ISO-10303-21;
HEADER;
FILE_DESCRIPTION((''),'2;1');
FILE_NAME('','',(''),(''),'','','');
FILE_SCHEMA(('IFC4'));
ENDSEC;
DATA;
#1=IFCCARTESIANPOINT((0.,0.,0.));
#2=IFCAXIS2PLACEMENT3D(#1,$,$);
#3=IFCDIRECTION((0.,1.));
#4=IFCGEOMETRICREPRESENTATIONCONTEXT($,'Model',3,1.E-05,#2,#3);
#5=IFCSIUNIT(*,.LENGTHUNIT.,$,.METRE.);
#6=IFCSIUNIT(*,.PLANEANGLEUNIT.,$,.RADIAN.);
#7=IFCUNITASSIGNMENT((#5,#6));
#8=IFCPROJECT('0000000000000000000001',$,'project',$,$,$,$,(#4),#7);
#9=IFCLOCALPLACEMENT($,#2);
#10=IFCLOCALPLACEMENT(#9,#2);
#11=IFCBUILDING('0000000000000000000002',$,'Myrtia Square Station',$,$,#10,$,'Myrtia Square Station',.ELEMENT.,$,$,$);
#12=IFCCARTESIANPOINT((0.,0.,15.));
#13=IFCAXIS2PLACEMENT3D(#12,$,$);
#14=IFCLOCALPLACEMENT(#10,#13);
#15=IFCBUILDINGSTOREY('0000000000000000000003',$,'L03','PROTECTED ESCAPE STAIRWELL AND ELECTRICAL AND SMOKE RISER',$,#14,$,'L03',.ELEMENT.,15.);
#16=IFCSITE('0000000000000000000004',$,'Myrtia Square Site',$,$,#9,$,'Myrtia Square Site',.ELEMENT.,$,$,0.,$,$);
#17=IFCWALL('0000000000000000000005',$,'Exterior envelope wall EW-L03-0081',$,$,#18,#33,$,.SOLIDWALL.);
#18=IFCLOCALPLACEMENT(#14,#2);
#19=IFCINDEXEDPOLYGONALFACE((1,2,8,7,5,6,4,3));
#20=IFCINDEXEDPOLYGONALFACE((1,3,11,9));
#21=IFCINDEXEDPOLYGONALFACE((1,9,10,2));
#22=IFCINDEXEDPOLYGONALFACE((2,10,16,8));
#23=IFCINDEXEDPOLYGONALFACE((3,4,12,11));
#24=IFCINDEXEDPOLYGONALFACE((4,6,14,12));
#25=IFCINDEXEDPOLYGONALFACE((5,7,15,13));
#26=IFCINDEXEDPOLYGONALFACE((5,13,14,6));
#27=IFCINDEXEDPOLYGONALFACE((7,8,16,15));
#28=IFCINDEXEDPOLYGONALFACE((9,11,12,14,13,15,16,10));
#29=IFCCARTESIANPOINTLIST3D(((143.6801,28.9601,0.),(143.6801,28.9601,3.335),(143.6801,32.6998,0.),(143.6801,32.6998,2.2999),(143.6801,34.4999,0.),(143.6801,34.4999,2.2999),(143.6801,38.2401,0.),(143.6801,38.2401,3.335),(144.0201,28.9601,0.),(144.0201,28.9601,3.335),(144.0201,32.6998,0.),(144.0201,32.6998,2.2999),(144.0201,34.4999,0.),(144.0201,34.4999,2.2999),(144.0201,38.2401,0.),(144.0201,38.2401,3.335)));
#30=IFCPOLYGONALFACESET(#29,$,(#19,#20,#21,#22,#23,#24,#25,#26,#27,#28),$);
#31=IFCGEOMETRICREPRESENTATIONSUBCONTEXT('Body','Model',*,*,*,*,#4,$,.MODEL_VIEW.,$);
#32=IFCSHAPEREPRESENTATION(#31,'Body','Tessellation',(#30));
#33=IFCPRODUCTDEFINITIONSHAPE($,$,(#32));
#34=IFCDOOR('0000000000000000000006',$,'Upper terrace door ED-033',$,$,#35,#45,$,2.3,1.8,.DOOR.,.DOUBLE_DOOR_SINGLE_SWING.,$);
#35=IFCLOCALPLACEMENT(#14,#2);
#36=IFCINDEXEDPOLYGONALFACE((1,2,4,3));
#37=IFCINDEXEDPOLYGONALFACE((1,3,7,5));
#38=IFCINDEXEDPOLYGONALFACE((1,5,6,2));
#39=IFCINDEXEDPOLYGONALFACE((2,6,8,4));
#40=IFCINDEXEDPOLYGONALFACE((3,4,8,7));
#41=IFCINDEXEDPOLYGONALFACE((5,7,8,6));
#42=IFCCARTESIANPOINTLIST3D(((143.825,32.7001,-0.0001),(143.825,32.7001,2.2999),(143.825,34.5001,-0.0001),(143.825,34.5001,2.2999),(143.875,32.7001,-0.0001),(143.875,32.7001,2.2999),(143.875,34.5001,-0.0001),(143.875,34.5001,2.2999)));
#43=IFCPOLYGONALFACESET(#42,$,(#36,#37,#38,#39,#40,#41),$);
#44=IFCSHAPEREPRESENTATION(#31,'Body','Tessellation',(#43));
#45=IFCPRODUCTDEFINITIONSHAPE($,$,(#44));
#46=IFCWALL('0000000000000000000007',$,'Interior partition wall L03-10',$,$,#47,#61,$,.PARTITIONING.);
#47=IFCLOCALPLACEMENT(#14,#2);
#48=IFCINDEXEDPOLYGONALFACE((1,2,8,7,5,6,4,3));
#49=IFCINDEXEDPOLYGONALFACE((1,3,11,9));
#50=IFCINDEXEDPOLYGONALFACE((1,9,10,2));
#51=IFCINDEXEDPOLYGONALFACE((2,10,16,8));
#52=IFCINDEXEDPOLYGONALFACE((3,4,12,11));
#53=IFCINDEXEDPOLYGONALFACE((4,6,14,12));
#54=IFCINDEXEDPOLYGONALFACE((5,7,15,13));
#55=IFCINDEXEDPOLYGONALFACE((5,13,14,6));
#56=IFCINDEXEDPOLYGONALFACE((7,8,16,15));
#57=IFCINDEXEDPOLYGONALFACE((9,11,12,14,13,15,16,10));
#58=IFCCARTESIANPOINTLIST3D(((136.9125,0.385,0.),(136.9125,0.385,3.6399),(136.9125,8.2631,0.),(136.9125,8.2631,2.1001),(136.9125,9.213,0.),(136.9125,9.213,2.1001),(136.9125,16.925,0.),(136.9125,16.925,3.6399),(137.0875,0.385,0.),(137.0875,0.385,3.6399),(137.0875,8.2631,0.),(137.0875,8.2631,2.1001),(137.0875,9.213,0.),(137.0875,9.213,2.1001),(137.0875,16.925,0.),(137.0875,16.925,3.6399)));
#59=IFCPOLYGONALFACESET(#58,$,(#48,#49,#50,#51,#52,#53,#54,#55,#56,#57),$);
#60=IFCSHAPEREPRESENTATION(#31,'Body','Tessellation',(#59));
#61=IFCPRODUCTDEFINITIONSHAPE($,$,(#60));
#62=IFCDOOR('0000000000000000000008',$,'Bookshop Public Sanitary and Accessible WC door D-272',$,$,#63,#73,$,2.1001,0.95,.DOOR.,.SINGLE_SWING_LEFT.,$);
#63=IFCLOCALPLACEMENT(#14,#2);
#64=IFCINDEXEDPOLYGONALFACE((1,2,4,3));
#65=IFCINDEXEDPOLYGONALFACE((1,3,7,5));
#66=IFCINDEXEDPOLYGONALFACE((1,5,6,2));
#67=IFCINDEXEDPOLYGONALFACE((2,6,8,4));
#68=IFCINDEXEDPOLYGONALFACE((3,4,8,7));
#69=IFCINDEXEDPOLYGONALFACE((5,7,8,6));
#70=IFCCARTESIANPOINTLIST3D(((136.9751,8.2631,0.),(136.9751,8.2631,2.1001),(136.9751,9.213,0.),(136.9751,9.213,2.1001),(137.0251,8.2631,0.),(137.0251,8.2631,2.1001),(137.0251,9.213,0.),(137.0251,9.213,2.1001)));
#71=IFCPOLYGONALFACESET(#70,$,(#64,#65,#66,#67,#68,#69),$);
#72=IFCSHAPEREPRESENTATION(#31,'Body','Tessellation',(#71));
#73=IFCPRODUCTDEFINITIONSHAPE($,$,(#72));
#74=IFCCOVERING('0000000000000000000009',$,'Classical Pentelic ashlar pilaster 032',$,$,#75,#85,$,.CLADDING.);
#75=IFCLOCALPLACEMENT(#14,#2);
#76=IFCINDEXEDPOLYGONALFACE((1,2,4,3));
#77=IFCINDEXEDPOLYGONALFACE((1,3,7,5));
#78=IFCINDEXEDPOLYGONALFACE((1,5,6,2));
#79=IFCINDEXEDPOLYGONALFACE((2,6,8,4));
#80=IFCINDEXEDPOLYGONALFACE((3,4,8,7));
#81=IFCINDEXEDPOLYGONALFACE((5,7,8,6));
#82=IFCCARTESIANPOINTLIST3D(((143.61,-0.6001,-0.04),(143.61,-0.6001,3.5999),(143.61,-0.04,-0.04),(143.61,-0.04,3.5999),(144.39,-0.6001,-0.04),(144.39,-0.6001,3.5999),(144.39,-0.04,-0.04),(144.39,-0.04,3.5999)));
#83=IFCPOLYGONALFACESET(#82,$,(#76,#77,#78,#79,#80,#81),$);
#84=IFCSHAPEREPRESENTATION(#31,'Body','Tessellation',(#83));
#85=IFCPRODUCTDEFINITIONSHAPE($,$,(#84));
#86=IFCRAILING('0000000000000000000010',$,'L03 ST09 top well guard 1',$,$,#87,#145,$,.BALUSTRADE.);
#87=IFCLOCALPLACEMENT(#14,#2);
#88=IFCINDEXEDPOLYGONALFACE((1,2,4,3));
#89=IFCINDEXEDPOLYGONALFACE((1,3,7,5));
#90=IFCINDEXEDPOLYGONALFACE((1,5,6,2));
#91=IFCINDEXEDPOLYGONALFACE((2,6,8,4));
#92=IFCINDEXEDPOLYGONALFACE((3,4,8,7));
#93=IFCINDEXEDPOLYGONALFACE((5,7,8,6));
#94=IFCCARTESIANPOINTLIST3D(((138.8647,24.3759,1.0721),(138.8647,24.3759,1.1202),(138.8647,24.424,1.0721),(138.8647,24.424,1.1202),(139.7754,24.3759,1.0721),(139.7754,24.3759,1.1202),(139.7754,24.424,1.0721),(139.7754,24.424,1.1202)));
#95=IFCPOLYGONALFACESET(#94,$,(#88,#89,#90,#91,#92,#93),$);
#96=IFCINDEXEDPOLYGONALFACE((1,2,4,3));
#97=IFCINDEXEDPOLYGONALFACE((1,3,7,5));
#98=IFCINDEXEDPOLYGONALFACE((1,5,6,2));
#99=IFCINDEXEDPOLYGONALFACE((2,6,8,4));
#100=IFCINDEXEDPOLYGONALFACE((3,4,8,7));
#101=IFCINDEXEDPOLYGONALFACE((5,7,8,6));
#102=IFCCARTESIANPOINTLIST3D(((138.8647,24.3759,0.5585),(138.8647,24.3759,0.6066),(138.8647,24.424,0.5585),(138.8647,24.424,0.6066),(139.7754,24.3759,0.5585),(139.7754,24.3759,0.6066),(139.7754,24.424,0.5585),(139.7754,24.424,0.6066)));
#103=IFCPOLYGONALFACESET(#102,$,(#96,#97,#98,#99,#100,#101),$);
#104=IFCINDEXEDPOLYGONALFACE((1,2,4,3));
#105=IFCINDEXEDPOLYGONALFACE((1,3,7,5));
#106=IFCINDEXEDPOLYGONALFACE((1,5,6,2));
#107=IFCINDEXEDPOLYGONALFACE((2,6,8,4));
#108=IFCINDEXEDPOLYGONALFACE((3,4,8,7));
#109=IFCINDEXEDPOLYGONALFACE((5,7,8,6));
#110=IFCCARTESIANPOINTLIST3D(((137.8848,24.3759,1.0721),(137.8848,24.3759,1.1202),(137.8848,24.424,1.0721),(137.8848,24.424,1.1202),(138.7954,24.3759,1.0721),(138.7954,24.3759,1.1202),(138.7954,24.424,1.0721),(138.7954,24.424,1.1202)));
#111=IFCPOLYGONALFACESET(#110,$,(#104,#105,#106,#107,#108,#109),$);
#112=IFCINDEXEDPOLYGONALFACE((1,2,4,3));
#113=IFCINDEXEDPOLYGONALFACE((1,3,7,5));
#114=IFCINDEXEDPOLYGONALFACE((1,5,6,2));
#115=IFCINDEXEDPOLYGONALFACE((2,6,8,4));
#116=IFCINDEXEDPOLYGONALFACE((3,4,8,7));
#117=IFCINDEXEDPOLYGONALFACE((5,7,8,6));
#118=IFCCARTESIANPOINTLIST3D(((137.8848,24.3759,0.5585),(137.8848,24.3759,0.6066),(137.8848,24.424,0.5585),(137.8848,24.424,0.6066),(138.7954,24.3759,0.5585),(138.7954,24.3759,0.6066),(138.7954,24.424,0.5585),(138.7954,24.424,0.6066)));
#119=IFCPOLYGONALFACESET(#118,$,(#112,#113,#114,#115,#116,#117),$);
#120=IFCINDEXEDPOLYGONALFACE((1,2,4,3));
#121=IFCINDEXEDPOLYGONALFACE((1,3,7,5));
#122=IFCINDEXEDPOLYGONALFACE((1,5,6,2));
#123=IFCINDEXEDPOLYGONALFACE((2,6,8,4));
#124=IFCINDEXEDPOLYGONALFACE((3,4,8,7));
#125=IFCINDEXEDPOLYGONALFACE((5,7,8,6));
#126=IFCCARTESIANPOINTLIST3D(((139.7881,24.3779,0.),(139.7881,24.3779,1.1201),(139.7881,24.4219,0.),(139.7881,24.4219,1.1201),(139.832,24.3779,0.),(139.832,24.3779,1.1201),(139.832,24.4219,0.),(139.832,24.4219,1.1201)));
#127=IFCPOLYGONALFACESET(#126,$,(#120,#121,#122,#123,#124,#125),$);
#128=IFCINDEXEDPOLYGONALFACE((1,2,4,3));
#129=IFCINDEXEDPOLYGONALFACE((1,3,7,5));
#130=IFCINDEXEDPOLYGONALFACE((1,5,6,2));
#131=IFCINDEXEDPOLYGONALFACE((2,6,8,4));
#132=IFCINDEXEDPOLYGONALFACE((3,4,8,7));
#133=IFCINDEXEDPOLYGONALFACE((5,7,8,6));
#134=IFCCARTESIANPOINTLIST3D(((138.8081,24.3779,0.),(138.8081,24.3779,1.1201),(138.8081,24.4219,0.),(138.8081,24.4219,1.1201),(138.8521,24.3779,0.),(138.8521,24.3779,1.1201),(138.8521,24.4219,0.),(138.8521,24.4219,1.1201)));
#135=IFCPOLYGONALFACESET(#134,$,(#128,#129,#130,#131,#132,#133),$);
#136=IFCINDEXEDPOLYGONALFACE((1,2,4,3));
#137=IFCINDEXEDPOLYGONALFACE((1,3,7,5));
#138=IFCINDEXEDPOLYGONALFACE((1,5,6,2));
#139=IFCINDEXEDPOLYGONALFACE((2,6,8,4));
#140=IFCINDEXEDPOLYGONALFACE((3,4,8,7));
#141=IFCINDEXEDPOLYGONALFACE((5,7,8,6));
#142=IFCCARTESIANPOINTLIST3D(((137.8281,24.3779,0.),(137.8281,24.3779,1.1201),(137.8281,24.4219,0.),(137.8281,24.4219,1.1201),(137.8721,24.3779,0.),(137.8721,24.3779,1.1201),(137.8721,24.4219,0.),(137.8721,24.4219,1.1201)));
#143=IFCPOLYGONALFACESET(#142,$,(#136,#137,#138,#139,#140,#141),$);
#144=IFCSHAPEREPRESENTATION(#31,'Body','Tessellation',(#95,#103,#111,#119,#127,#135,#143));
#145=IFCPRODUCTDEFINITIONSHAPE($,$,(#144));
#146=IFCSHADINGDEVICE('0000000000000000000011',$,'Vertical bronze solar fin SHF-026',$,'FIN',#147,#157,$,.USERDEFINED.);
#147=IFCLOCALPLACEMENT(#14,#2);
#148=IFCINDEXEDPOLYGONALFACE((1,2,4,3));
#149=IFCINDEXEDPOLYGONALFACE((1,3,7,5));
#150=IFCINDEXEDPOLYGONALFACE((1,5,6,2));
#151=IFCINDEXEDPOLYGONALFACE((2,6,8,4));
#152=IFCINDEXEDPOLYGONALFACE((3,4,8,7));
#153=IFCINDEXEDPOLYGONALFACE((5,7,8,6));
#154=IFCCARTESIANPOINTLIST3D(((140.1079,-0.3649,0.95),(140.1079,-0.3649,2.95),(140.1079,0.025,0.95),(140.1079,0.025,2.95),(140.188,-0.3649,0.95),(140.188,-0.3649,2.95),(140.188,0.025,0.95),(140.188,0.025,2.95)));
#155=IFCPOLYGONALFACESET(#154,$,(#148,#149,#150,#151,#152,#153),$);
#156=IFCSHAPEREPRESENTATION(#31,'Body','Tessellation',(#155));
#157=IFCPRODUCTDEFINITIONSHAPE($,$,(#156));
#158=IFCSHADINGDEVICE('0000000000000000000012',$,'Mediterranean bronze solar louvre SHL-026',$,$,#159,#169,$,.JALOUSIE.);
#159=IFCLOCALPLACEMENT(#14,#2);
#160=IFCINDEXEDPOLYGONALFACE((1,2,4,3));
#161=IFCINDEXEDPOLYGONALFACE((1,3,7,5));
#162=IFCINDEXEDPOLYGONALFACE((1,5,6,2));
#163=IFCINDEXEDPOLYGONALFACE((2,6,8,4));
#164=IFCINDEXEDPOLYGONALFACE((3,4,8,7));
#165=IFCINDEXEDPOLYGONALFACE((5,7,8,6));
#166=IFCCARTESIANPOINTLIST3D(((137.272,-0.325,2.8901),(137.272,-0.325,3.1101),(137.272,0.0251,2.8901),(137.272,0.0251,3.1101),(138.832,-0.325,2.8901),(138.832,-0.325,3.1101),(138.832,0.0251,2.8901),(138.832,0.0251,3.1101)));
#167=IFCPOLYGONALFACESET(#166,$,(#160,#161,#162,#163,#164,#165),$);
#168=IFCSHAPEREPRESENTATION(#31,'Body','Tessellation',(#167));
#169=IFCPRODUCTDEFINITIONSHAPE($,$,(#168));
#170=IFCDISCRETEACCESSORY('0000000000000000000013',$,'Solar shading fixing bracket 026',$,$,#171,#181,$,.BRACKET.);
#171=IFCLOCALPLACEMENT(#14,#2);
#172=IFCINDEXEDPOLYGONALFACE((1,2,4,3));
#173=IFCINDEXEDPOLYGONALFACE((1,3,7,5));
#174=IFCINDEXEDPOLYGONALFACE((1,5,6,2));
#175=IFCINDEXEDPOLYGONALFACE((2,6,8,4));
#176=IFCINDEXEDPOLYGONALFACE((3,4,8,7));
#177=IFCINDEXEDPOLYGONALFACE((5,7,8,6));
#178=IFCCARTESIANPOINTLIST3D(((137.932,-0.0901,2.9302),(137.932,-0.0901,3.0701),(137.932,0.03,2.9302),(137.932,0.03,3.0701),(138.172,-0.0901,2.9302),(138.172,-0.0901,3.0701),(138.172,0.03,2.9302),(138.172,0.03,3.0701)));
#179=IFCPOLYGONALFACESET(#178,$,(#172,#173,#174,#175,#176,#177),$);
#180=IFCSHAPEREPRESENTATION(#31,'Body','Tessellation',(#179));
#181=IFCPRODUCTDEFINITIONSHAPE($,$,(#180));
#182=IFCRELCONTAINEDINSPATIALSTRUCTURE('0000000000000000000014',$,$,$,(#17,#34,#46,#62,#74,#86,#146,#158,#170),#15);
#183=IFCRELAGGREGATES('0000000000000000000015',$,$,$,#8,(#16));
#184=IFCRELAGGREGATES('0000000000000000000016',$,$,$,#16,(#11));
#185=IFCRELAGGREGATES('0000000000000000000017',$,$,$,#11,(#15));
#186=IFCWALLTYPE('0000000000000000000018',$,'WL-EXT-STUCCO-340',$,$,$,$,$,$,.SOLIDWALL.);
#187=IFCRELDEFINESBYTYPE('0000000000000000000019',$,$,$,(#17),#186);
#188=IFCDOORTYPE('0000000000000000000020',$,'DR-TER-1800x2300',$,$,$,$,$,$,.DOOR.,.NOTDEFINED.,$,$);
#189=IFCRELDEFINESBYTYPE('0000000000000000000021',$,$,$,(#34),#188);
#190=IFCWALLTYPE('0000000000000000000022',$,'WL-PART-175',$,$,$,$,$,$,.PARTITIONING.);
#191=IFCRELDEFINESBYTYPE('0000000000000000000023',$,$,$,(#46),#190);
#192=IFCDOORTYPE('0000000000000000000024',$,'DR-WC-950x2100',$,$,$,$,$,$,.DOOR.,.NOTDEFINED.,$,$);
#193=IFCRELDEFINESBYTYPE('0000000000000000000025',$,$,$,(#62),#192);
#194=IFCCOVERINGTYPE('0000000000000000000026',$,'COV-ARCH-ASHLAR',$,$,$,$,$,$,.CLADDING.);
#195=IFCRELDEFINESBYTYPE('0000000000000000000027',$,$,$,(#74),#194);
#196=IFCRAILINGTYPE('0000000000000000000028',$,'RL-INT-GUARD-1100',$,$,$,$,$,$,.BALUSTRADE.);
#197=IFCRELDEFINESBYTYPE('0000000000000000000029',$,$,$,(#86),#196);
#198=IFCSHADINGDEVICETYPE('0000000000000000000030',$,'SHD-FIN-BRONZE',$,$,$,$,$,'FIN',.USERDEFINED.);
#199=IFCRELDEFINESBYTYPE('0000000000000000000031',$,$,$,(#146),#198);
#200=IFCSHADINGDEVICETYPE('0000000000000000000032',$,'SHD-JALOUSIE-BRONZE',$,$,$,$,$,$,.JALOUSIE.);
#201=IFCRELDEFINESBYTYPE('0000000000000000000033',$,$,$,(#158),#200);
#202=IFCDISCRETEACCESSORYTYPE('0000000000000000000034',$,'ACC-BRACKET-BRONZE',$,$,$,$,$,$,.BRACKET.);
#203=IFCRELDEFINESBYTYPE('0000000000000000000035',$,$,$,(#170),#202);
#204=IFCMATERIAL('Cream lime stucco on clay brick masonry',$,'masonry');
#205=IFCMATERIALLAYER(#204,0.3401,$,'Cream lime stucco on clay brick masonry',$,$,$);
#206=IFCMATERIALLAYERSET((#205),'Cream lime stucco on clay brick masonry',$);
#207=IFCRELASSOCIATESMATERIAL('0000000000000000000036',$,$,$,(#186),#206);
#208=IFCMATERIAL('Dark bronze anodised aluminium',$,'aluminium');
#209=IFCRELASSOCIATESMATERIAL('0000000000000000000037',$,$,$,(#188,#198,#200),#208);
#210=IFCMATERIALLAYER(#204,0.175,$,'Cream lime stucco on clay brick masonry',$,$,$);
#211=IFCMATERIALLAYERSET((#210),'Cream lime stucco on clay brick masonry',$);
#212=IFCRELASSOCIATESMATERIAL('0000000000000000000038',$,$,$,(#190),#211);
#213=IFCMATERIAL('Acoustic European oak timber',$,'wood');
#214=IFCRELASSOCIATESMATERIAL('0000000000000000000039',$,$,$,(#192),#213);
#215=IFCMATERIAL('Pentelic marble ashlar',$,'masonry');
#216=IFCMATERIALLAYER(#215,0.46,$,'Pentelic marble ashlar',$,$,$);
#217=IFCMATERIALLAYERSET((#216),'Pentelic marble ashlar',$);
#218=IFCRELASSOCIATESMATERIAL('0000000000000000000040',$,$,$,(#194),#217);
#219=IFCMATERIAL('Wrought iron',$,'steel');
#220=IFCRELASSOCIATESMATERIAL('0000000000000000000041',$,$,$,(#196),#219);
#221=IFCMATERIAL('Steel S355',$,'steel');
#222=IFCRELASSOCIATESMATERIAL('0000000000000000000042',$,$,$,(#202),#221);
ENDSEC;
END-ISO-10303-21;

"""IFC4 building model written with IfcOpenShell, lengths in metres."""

from ifc_helpers import new_model, si_unit, direction, frame, frame_2d, origin, origin_2d, place, context, subcontext, project, spatial, rectangle, extrude, material, layer, layer_set, type_object, element, fill, save


model = new_model("IFC4")

# Units and contexts
model_context = context("Model", 3, precision=1e-05, world=origin(), true_north=direction((0.0, 1.0)))
body_context = subcontext(model_context, "Body", "Model", "MODEL_VIEW")
ifc_project = project(units=[si_unit("LENGTHUNIT", "METRE"), si_unit("PLANEANGLEUNIT", "RADIAN")], contexts=[model_context])

# Site, building, storey
site_placement = place(None, origin())
site = spatial("IfcSite", under=ifc_project, at=site_placement, Name="Myrtia Square Site", LongName="Myrtia Square Site", CompositionType="ELEMENT", RefElevation=0.0)
building_placement = place(site_placement, origin())
building = spatial("IfcBuilding", under=site, at=building_placement, Name="Myrtia Square Station", LongName="Myrtia Square Station", CompositionType="ELEMENT")
storey_placement = place(building_placement, frame((0.0, 0.0, 15.0)))
storey = spatial("IfcBuildingStorey", under=building, at=storey_placement, Name="L03", Description="PROTECTED ESCAPE STAIRWELL AND ELECTRICAL AND SMOKE RISER", LongName="L03", CompositionType="ELEMENT", Elevation=15.0)

# Shared definitions
ifc_material_1 = material(Name="Steel S355", Category="steel")

# Shared definitions
ifc_material_2 = material(Name="Dark bronze anodised aluminium", Category="aluminium")

# Shared definitions
ifc_material_3 = material(Name="Cream lime stucco on clay brick masonry", Category="masonry")
ifc_layer_1 = layer(ifc_material_3, 0.3401, Name="Cream lime stucco on clay brick masonry")
ifc_layer_set_1 = layer_set([ifc_layer_1], Name="Cream lime stucco on clay brick masonry")
wall_type_1 = type_object("IfcWallType", Name="WL-EXT-STUCCO-340", PredefinedType="SOLIDWALL", material=ifc_layer_set_1)

# Walls, openings, doors
wall_1_placement = place(storey_placement, frame((143.8501, 28.96, 0.0), z_axis=(0.0, 0.0, 1.0), x_axis=(0.0, 1.0, 0.0)))
wall_1 = element("IfcWall", 1, at=wall_1_placement, inside=storey, type_object=wall_type_1, Name="Exterior envelope wall EW-L03-0081", PredefinedType="SOLIDWALL", context=body_context, shape_type="SweptSolid", body=[
    extrude(rectangle(XDim=9.28, YDim=0.3401, at=frame_2d((4.6401, 0.0))), origin(), (0.0, 0.0, 1.0), 3.335),
])
opening_1_placement = place(wall_1_placement, frame((3.74, 0.0, 0.0)))
opening_1 = element("IfcOpeningElement", 2, at=opening_1_placement, cuts=wall_1, PredefinedType="OPENING", context=body_context, shape_type="SweptSolid", body=[
    extrude(rectangle(XDim=1.8, YDim=2.3, at=frame_2d((0.8999, 1.1499))), frame((0.0, 0.1851, 0.0), z_axis=(0.0, -1.0, 0.0), x_axis=(1.0, 0.0, 0.0)), (0.0, 0.0, 1.0), 0.3701),
])
door_type_1 = type_object("IfcDoorType", Name="DR-TER-1800x2300", OperationType="NOTDEFINED", PredefinedType="DOOR", material=ifc_material_2)
door_1_placement = place(opening_1_placement, frame((1.8, 0.0, 0.0), z_axis=(0.0, 0.0, 1.0), x_axis=(-1.0, 0.0, 0.0)))
door_1 = element("IfcDoor", 3, at=door_1_placement, inside=storey, type_object=door_type_1, Name="Upper terrace door ED-033", OperationType="DOUBLE_DOOR_SINGLE_SWING", OverallHeight=2.3, OverallWidth=1.8, PredefinedType="DOOR", context=body_context, shape_type="SweptSolid", body=[
    extrude(rectangle(XDim=1.8, YDim=2.3, at=frame_2d((0.8999, 1.1499))), frame((0.0, 0.0249, 0.0), z_axis=(0.0, -1.0, 0.0), x_axis=(1.0, 0.0, 0.0)), (0.0, 0.0, 1.0), 0.05),
])
fill(opening_1, door_1)
ifc_layer_2 = layer(ifc_material_3, 0.175, Name="Cream lime stucco on clay brick masonry")
ifc_layer_set_2 = layer_set([ifc_layer_2], Name="Cream lime stucco on clay brick masonry")
wall_type_2 = type_object("IfcWallType", Name="WL-PART-175", PredefinedType="PARTITIONING", material=ifc_layer_set_2)
wall_2_placement = place(storey_placement, frame((137.0, 0.385, 0.0), z_axis=(0.0, 0.0, 1.0), x_axis=(0.0, 1.0, 0.0)))
wall_2 = element("IfcWall", 4, at=wall_2_placement, inside=storey, type_object=wall_type_2, Name="Interior partition wall L03-10", PredefinedType="PARTITIONING", context=body_context, shape_type="SweptSolid", body=[
    extrude(rectangle(XDim=16.54, YDim=0.175, at=frame_2d((8.27, 0.0))), origin(), (0.0, 0.0, 1.0), 3.6399),
])
opening_2_placement = place(wall_2_placement, frame((7.8779, 0.0, 0.0)))
opening_2 = element("IfcOpeningElement", 5, at=opening_2_placement, cuts=wall_2, PredefinedType="OPENING", context=body_context, shape_type="SweptSolid", body=[
    extrude(rectangle(XDim=0.95, YDim=2.1001, at=frame_2d((0.4751, 1.05))), frame((0.0, 0.1025, 0.0), z_axis=(0.0, -1.0, 0.0), x_axis=(1.0, 0.0, 0.0)), (0.0, 0.0, 1.0), 0.2051),
])
ifc_material_4 = material(Name="Acoustic European oak timber", Category="wood")
door_type_2 = type_object("IfcDoorType", Name="DR-WC-950x2100", OperationType="NOTDEFINED", PredefinedType="DOOR", material=ifc_material_4)
door_2_placement = place(opening_2_placement, origin())
door_2 = element("IfcDoor", 6, at=door_2_placement, inside=storey, type_object=door_type_2, Name="Bookshop Public Sanitary and Accessible WC door D-272", OperationType="SINGLE_SWING_LEFT", OverallHeight=2.1001, OverallWidth=0.95, PredefinedType="DOOR", context=body_context, shape_type="SweptSolid", body=[
    extrude(rectangle(XDim=0.95, YDim=2.1001, at=frame_2d((0.4751, 1.05))), frame((0.0, 0.0249, 0.0), z_axis=(0.0, -1.0, 0.0), x_axis=(1.0, 0.0, 0.0)), (0.0, 0.0, 1.0), 0.05),
])
fill(opening_2, door_2)

# Covering
ifc_material_5 = material(Name="Pentelic marble ashlar", Category="masonry")
ifc_layer_3 = layer(ifc_material_5, 0.46, Name="Pentelic marble ashlar")
ifc_layer_set_3 = layer_set([ifc_layer_3], Name="Pentelic marble ashlar")
covering_type = type_object("IfcCoveringType", Name="COV-ARCH-ASHLAR", PredefinedType="CLADDING", material=ifc_layer_set_3)
covering_placement = place(storey_placement, frame((144.0, -0.3201, -0.04), z_axis=(0.0, 0.0, 1.0), x_axis=(1.0, 0.0, 0.0)))
element("IfcCovering", 7, at=covering_placement, inside=storey, type_object=covering_type, Name="Classical Pentelic ashlar pilaster 032", PredefinedType="CLADDING", context=body_context, shape_type="SweptSolid", body=[
    extrude(rectangle(XDim=0.78, YDim=0.5601, at=origin_2d()), origin(), (0.0, 0.0, 1.0), 3.6399),
])

# Railing
ifc_material_6 = material(Name="Wrought iron", Category="steel")
railing_type = type_object("IfcRailingType", Name="RL-INT-GUARD-1100", PredefinedType="BALUSTRADE", material=ifc_material_6)
railing_placement = place(storey_placement, frame((139.8101, 24.3999, 0.0)))
element("IfcRailing", 8, at=railing_placement, inside=storey, type_object=railing_type, Name="L03 ST09 top well guard 1", PredefinedType="BALUSTRADE", context=body_context, shape_type="SweptSolid", body=[
    extrude(rectangle(XDim=0.0481, YDim=0.0481, at=origin_2d()), frame((-0.0347, 0.0, 1.0962), z_axis=(-1.0, 0.0, 0.0), x_axis=(0.0, -1.0, 0.0)), (0.0, 0.0, 1.0), 0.9106),
    extrude(rectangle(XDim=0.0481, YDim=0.0481, at=origin_2d()), frame((-0.0347, 0.0, 0.5825), z_axis=(-1.0, 0.0, 0.0), x_axis=(0.0, -1.0, 0.0)), (0.0, 0.0, 1.0), 0.9106),
    extrude(rectangle(XDim=0.0481, YDim=0.0481, at=origin_2d()), frame((-1.0146, 0.0, 1.0962), z_axis=(-1.0, 0.0, 0.0), x_axis=(0.0, -1.0, 0.0)), (0.0, 0.0, 1.0), 0.9106),
    extrude(rectangle(XDim=0.0481, YDim=0.0481, at=origin_2d()), frame((-1.0146, 0.0, 0.5825), z_axis=(-1.0, 0.0, 0.0), x_axis=(0.0, -1.0, 0.0)), (0.0, 0.0, 1.0), 0.9106),
    extrude(rectangle(XDim=0.0439, YDim=0.0439, at=origin_2d()), origin(), (0.0, 0.0, 1.0), 1.1201),
    extrude(rectangle(XDim=0.0439, YDim=0.0439, at=origin_2d()), frame((-0.98, 0.0, 0.0)), (0.0, 0.0, 1.0), 1.1201),
    extrude(rectangle(XDim=0.0439, YDim=0.0439, at=origin_2d()), frame((-1.96, 0.0, 0.0)), (0.0, 0.0, 1.0), 1.1201),
])

# Shading devices
shading_device_type_1 = type_object("IfcShadingDeviceType", Name="SHD-FIN-BRONZE", ElementType="FIN", PredefinedType="USERDEFINED", material=ifc_material_2)
shading_device_1_placement = place(storey_placement, frame((140.1479, -0.1699, 0.95), z_axis=(0.0, 0.0, 1.0), x_axis=(1.0, 0.0, 0.0)))
element("IfcShadingDevice", 9, at=shading_device_1_placement, inside=storey, type_object=shading_device_type_1, Name="Vertical bronze solar fin SHF-026", ObjectType="FIN", PredefinedType="USERDEFINED", context=body_context, shape_type="SweptSolid", body=[
    extrude(rectangle(XDim=0.0801, YDim=0.3899, at=origin_2d()), origin(), (0.0, 0.0, 1.0), 2.0),
])
shading_device_type_2 = type_object("IfcShadingDeviceType", Name="SHD-JALOUSIE-BRONZE", PredefinedType="JALOUSIE", material=ifc_material_2)
shading_device_2_placement = place(storey_placement, frame((138.052, -0.1499, 2.8901), z_axis=(0.0, 0.0, 1.0), x_axis=(1.0, 0.0, 0.0)))
element("IfcShadingDevice", 10, at=shading_device_2_placement, inside=storey, type_object=shading_device_type_2, Name="Mediterranean bronze solar louvre SHL-026", PredefinedType="JALOUSIE", context=body_context, shape_type="SweptSolid", body=[
    extrude(rectangle(XDim=1.5601, YDim=0.3501, at=origin_2d()), origin(), (0.0, 0.0, 1.0), 0.22),
])

# Discrete accessory
discrete_accessory_type = type_object("IfcDiscreteAccessoryType", Name="ACC-BRACKET-BRONZE", PredefinedType="BRACKET", material=ifc_material_1)
discrete_accessory_placement = place(storey_placement, frame((138.052, -0.03, 2.9302), z_axis=(0.0, 0.0, 1.0), x_axis=(1.0, 0.0, 0.0)))
element("IfcDiscreteAccessory", 11, at=discrete_accessory_placement, inside=storey, type_object=discrete_accessory_type, Name="Solar shading fixing bracket 026", PredefinedType="BRACKET", context=body_context, shape_type="SweptSolid", body=[
    extrude(rectangle(XDim=0.24, YDim=0.1201, at=origin_2d()), origin(), (0.0, 0.0, 1.0), 0.1399),
])

save(model, "model.ifc")
